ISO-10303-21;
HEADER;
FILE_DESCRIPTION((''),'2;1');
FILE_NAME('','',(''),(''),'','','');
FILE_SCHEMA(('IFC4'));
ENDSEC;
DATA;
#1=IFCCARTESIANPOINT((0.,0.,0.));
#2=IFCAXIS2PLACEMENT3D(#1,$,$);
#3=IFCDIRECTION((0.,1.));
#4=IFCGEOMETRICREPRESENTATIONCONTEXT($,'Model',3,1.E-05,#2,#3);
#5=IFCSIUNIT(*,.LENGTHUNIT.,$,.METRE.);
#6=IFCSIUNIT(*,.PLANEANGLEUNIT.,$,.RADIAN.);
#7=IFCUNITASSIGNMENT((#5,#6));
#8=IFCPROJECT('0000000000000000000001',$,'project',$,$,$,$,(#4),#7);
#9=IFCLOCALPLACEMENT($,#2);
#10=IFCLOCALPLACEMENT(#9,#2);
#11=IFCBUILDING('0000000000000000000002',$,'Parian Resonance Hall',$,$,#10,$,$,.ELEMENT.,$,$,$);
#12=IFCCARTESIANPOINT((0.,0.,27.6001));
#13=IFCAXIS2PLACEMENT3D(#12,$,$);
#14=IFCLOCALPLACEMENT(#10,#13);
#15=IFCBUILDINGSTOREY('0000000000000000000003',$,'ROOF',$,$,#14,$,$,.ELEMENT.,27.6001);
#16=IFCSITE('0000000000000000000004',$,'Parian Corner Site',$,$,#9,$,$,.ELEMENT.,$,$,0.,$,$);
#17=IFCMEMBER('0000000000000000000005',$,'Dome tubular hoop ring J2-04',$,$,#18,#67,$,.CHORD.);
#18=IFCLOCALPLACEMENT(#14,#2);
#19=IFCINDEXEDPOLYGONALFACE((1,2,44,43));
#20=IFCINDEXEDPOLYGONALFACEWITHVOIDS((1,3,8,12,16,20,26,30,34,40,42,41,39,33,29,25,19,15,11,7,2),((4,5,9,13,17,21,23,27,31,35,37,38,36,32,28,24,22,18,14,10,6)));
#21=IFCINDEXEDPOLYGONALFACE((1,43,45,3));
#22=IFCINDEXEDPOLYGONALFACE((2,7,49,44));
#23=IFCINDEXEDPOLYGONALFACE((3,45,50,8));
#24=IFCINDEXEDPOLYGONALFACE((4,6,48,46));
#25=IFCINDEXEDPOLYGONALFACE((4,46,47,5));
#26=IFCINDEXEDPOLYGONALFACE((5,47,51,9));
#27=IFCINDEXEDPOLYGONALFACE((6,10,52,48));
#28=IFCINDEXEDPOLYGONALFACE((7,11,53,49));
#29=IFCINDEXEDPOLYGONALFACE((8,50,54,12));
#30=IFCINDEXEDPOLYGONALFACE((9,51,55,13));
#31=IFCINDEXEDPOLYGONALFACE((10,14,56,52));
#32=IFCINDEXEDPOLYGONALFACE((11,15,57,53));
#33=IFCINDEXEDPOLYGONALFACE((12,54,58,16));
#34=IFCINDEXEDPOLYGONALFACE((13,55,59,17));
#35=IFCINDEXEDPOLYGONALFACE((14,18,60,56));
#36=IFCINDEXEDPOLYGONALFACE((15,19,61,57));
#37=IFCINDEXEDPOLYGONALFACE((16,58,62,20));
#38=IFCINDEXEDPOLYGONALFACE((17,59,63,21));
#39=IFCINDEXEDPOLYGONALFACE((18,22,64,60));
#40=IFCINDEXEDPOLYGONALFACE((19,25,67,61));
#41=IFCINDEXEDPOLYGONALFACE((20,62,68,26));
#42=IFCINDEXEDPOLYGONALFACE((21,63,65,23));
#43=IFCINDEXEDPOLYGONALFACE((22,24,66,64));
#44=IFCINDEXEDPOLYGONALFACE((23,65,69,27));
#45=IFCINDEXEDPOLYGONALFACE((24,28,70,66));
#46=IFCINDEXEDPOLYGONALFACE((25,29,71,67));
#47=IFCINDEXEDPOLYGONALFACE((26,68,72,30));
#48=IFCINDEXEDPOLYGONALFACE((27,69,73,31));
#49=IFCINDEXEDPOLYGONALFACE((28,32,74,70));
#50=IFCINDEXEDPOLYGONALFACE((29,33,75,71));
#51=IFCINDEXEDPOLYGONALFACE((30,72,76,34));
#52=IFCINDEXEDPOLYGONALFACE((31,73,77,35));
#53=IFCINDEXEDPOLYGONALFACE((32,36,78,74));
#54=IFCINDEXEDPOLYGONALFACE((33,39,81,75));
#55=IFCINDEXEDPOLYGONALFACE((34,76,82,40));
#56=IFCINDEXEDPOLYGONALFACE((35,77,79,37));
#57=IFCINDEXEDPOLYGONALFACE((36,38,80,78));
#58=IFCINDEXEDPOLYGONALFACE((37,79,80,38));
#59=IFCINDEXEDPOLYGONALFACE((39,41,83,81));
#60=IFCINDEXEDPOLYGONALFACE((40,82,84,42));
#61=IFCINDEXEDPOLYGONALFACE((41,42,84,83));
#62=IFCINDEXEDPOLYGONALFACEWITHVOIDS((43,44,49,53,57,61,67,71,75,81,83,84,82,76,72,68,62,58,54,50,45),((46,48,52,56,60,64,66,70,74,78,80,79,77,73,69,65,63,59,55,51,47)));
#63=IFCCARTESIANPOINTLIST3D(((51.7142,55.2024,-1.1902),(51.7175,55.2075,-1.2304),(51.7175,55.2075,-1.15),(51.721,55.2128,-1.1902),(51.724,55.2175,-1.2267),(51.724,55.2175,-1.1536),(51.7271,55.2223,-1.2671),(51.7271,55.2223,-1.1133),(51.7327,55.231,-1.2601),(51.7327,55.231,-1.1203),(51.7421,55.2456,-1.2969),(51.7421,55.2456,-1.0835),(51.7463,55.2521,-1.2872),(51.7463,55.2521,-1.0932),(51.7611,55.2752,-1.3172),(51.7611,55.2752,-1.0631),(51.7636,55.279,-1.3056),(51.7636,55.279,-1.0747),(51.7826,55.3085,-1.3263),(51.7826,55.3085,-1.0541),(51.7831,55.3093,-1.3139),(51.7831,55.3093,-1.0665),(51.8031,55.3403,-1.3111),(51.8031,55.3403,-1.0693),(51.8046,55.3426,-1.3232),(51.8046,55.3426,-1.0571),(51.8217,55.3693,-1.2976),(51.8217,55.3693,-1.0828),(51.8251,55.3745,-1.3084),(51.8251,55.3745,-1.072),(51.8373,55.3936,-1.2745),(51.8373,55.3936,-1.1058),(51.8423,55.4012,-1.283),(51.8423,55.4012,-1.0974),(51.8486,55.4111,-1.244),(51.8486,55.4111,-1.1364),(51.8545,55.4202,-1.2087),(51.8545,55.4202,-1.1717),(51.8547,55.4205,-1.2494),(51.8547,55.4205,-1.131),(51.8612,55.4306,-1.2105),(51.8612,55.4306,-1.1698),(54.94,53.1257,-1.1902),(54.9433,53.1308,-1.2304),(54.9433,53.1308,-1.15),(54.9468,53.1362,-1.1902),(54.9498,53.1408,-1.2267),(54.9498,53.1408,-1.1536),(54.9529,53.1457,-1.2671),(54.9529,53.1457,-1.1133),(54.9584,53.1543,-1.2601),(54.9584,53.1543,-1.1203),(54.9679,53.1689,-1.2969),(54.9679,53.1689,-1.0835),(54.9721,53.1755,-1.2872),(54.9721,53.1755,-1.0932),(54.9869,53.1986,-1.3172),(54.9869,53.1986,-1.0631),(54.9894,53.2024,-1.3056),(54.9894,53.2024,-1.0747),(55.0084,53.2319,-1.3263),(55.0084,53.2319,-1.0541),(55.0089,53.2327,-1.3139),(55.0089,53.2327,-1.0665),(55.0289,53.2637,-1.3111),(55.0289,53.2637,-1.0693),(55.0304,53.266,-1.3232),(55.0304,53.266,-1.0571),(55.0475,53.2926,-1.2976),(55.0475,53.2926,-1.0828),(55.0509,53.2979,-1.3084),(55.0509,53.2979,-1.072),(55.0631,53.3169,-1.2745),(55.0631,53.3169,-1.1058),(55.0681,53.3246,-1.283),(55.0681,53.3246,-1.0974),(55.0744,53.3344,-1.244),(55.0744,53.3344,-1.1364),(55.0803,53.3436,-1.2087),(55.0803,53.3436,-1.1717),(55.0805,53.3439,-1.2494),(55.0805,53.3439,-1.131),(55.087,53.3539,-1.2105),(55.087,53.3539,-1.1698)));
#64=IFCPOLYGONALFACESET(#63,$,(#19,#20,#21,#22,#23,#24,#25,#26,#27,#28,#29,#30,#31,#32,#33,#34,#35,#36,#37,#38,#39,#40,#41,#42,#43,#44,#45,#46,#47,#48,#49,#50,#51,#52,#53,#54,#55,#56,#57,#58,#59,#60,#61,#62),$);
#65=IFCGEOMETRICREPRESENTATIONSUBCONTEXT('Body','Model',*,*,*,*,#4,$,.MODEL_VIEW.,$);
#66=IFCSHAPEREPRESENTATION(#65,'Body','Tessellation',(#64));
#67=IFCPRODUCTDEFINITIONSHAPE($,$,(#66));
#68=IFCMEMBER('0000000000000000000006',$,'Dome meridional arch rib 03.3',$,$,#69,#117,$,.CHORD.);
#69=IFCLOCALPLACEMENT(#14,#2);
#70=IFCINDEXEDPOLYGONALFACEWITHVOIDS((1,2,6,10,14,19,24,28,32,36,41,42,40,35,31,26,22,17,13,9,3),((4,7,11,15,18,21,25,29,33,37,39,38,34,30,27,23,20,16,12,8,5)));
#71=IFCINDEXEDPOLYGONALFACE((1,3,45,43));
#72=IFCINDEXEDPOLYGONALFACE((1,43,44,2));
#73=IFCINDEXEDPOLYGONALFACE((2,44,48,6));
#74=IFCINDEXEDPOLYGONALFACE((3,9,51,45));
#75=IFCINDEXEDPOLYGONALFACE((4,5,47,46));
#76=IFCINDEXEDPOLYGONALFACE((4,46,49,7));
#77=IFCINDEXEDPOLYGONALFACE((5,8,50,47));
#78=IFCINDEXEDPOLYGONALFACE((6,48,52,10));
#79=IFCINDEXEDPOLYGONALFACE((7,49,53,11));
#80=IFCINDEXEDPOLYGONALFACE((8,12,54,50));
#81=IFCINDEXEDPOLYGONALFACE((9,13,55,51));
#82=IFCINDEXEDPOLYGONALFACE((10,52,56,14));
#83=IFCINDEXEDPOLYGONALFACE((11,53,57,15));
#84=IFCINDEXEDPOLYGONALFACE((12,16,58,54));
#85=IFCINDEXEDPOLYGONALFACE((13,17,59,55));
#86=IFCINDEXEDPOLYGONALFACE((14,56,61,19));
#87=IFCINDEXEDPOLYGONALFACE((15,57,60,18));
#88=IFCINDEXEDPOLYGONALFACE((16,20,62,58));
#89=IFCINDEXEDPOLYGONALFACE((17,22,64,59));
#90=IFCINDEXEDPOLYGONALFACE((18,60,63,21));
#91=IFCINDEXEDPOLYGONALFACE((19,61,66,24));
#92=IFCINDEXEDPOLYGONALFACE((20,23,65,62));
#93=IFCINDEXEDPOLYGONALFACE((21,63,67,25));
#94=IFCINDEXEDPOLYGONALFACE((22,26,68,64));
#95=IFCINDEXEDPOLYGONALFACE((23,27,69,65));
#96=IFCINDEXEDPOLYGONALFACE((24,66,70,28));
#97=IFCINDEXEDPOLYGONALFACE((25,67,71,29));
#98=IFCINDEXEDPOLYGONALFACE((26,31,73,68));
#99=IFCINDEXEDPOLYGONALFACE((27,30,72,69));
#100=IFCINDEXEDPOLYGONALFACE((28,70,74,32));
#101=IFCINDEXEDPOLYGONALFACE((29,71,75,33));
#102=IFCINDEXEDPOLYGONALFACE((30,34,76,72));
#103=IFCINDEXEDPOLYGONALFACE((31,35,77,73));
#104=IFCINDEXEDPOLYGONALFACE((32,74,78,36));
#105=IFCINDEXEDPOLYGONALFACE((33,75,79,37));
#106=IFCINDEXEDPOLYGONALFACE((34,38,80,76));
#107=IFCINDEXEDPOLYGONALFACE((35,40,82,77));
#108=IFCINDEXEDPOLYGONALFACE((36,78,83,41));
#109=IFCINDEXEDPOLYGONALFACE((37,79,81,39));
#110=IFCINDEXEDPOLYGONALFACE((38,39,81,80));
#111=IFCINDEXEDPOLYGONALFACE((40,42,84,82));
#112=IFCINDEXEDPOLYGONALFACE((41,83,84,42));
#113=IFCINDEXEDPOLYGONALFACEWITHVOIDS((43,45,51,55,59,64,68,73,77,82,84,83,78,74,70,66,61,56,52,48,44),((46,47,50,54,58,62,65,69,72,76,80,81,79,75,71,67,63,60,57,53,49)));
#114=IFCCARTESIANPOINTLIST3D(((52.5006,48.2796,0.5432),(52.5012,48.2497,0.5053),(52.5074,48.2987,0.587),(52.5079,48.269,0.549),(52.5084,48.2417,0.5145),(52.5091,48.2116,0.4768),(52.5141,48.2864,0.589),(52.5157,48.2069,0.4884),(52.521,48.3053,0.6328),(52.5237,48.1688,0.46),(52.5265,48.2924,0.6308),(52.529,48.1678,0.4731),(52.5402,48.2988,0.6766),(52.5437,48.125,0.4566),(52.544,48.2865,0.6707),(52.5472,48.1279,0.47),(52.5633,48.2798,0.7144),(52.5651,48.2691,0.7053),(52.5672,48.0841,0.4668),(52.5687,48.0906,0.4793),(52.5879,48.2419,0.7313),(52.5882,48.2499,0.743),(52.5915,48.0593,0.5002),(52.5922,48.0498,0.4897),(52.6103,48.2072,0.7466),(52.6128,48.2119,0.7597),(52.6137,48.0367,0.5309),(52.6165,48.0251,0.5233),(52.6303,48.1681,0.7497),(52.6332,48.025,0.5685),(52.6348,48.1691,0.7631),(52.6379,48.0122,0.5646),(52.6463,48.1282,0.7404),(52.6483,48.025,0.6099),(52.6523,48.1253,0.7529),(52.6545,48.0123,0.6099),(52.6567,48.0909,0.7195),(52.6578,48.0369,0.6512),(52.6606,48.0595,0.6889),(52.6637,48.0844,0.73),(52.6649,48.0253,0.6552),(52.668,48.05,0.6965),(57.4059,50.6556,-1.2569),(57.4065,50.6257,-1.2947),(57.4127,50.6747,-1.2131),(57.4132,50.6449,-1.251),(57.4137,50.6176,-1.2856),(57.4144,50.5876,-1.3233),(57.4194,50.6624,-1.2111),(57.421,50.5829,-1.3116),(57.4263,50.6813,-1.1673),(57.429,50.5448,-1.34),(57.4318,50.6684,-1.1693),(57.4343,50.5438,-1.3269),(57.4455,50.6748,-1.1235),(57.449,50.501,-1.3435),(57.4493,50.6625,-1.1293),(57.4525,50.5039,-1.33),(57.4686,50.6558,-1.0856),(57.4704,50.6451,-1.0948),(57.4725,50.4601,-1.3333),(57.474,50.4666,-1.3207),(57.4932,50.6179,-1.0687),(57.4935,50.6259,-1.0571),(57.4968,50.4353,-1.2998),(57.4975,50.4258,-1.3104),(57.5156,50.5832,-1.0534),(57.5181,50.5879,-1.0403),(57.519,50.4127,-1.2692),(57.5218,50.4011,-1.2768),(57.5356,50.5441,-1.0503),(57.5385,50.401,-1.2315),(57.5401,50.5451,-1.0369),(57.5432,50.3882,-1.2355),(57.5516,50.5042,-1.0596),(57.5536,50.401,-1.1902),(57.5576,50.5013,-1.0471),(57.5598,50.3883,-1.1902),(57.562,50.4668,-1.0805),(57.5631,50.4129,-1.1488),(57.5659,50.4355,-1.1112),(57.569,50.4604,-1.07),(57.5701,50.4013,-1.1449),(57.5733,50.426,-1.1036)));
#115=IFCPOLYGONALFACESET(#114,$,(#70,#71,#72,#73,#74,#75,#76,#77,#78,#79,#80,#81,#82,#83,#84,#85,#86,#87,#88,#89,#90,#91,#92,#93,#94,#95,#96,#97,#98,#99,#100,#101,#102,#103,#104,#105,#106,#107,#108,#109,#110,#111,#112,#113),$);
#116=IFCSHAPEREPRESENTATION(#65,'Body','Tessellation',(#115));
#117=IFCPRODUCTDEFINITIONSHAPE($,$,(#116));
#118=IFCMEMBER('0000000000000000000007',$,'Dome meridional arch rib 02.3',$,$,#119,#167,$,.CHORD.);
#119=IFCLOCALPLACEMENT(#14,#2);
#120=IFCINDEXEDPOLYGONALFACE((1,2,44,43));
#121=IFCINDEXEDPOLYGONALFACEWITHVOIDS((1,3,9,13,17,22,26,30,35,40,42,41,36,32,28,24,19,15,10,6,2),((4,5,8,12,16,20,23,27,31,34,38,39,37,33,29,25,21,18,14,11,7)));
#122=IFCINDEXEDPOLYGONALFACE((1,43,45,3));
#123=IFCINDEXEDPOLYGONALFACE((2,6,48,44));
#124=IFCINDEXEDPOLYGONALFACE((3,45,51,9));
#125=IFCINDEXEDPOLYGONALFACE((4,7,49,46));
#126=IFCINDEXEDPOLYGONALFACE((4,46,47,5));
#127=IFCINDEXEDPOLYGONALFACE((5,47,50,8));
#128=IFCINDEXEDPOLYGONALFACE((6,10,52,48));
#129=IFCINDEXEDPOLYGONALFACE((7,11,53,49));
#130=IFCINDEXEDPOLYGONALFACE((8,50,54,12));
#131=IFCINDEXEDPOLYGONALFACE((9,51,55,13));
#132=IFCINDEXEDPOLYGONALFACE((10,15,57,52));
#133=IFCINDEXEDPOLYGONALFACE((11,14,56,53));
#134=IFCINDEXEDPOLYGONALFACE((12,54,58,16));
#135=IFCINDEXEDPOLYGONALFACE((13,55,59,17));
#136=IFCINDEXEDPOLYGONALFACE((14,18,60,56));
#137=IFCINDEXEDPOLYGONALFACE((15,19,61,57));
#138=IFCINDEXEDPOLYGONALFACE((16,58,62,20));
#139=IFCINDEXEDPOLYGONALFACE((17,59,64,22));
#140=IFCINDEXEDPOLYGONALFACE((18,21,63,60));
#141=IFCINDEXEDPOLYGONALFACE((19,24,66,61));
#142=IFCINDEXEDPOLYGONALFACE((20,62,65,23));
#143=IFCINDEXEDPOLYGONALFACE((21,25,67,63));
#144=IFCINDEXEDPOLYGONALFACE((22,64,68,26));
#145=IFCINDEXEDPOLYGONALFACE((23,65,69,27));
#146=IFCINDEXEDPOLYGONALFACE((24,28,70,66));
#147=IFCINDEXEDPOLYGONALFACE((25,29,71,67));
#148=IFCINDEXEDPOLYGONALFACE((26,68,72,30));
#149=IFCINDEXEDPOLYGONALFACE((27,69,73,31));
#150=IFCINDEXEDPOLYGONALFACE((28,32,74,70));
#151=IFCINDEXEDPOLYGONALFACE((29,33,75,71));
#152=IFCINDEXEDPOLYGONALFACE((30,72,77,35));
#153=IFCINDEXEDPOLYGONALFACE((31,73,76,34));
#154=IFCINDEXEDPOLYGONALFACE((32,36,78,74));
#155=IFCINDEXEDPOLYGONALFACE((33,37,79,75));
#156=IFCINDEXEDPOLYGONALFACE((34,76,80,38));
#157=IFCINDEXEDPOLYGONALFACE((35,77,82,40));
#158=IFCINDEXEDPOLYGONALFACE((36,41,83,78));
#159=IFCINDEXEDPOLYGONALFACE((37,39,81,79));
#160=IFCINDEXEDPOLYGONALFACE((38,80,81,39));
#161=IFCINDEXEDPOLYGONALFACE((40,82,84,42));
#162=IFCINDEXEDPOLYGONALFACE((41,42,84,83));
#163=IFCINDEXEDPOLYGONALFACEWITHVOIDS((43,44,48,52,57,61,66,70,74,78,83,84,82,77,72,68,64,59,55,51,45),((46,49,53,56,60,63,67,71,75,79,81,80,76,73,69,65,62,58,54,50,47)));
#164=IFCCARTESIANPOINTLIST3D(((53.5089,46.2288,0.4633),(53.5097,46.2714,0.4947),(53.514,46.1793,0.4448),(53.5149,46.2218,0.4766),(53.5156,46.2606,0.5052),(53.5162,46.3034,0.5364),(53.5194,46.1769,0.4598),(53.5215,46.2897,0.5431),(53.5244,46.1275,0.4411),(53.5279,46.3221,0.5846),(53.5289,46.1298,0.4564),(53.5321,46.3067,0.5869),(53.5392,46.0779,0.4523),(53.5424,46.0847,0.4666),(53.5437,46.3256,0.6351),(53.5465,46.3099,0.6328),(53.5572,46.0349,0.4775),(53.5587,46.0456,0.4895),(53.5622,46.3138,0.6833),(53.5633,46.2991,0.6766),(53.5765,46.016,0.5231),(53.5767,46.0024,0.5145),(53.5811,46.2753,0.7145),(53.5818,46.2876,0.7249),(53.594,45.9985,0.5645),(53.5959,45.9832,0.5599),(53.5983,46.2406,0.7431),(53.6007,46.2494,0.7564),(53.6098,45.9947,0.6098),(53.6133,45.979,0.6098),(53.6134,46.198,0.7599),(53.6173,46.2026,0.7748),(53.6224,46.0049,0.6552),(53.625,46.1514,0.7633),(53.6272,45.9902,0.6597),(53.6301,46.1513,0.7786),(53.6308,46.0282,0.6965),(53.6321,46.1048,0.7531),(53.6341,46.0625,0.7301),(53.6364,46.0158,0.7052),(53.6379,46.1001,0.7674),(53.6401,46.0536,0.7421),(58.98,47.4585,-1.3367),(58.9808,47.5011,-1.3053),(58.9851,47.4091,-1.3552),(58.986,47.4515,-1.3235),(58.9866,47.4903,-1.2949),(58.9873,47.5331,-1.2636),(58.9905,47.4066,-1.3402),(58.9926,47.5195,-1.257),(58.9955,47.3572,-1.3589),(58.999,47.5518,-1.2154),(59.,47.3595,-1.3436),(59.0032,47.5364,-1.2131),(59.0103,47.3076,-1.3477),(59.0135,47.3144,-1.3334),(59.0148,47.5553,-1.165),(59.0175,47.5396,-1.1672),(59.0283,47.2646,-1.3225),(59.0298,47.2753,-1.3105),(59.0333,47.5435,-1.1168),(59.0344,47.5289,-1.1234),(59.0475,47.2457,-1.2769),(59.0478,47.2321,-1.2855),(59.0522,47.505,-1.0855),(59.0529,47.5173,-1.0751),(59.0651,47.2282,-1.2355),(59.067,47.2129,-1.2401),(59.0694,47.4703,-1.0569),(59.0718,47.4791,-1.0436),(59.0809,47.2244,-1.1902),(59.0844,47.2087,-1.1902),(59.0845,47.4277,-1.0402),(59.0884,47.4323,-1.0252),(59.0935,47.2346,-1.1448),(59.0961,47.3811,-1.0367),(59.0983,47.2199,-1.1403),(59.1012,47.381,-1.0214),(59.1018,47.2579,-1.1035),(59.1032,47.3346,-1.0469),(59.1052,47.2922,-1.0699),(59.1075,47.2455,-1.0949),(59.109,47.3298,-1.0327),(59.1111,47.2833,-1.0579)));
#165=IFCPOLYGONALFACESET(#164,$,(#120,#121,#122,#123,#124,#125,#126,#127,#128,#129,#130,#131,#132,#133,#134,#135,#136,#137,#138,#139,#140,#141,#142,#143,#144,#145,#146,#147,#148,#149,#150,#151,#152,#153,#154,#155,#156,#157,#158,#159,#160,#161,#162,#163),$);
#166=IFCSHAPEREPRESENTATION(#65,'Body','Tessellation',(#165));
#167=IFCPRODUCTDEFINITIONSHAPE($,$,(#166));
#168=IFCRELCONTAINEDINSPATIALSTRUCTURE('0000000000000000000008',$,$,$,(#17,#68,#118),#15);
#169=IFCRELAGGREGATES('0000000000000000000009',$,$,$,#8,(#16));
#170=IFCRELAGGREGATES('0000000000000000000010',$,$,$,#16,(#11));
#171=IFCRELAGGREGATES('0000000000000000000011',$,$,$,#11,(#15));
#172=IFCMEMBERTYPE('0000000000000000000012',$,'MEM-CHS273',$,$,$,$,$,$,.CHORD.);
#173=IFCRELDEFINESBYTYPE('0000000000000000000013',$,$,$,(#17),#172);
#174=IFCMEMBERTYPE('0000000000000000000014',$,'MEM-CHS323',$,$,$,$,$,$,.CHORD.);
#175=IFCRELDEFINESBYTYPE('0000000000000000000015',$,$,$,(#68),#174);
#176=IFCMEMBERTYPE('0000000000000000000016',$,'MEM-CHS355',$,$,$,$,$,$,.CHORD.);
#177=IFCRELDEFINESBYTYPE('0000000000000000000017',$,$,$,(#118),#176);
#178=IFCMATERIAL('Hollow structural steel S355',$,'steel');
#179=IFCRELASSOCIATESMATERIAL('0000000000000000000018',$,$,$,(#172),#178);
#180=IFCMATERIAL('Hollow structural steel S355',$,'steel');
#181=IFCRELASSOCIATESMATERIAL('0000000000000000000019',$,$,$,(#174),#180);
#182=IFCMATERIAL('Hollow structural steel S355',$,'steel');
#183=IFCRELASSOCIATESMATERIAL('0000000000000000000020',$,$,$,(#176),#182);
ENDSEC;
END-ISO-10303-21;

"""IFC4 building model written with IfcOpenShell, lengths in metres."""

from ifc_helpers import new_model, si_unit, direction, frame, origin, origin_2d, place, context, subcontext, project, spatial, hollow_circle, extrude, material, material_profile, profile_set, type_object, element, save


model = new_model("IFC4")

# Units and contexts
model_context = context("Model", 3, precision=1e-05, world=origin(), true_north=direction((0.0, 1.0)))
body_context = subcontext(model_context, "Body", "Model", "MODEL_VIEW")
ifc_project = project(units=[si_unit("LENGTHUNIT", "METRE"), si_unit("PLANEANGLEUNIT", "RADIAN")], contexts=[model_context])

# Site, building, storey
site_placement = place(None, origin())
site = spatial("IfcSite", under=ifc_project, at=site_placement, Name="Parian Corner Site", CompositionType="ELEMENT", RefElevation=0.0)
building_placement = place(site_placement, origin())
building = spatial("IfcBuilding", under=site, at=building_placement, Name="Parian Resonance Hall", CompositionType="ELEMENT")
storey_placement = place(building_placement, frame((0.0, 0.0, 27.6001)))
storey = spatial("IfcBuildingStorey", under=building, at=storey_placement, Name="ROOF", CompositionType="ELEMENT", Elevation=27.6001)

# Members
ifc_material_1 = material(Name="Hollow structural steel S355", Category="steel")
ifc_material_profile_1 = material_profile(ifc_material_1, hollow_circle(Radius=0.1365, WallThickness=0.0125, at=origin_2d()), Name="CHS273x12.5")
ifc_profile_set_1 = profile_set([ifc_material_profile_1], Name="Hollow structural steel S355")
member_type_1 = type_object("IfcMemberType", Name="MEM-CHS273", PredefinedType="CHORD", material=ifc_profile_set_1)
member_1_placement = place(storey_placement, frame((55.0139, 53.2405, -1.1902), z_axis=(-0.840833, 0.541295, 0.0), x_axis=(-0.541295, -0.840833, 0.0)))
element("IfcMember", 1, at=member_1_placement, inside=storey, type_object=member_type_1, Name="Dome tubular hoop ring J2-04", PredefinedType="CHORD", context=body_context, shape_type="SweptSolid", body=[
    extrude(hollow_circle(Radius=0.1365, WallThickness=0.0125, at=origin_2d()), origin(), (0.0, 0.0, 1.0), 3.8364),
])
ifc_material_2 = material(Name="Hollow structural steel S355", Category="steel")
ifc_material_profile_2 = material_profile(ifc_material_2, hollow_circle(Radius=0.1619, WallThickness=0.0142, at=origin_2d()), Name="CHS323.9x14.2")
ifc_profile_set_2 = profile_set([ifc_material_profile_2], Name="Hollow structural steel S355")
member_type_2 = type_object("IfcMemberType", Name="MEM-CHS323", PredefinedType="CHORD", material=ifc_profile_set_2)
member_2_placement = place(storey_placement, frame((57.4893, 50.5339, -1.1902), z_axis=(-0.854583, -0.413936, 0.3136), x_axis=(0.435926, -0.899982, 0.0)))
element("IfcMember", 2, at=member_2_placement, inside=storey, type_object=member_type_2, Name="Dome meridional arch rib 03.3", PredefinedType="CHORD", context=body_context, shape_type="SweptSolid", body=[
    extrude(hollow_circle(Radius=0.1619, WallThickness=0.0142, at=origin_2d()), origin(), (0.0, 0.0, 1.0), 5.74),
])
ifc_material_3 = material(Name="Hollow structural steel S355", Category="steel")
ifc_material_profile_3 = material_profile(ifc_material_3, hollow_circle(Radius=0.1777, WallThickness=0.0161, at=origin_2d()), Name="CHS355.6x16")
ifc_profile_set_3 = profile_set([ifc_material_profile_3], Name="Hollow structural steel S355")
member_type_3 = type_object("IfcMemberType", Name="MEM-CHS355", PredefinedType="CHORD", material=ifc_profile_set_3)
member_3_placement = place(storey_placement, frame((59.0454, 47.3821, -1.1902), z_axis=(-0.928972, -0.208801, 0.305636), x_axis=(0.219295, -0.975659, 0.0)))
element("IfcMember", 3, at=member_3_placement, inside=storey, type_object=member_type_3, Name="Dome meridional arch rib 02.3", PredefinedType="CHORD", context=body_context, shape_type="SweptSolid", body=[
    extrude(hollow_circle(Radius=0.1777, WallThickness=0.0161, at=origin_2d()), origin(), (0.0, 0.0, 1.0), 5.8894),
])

save(model, "model.ifc")
